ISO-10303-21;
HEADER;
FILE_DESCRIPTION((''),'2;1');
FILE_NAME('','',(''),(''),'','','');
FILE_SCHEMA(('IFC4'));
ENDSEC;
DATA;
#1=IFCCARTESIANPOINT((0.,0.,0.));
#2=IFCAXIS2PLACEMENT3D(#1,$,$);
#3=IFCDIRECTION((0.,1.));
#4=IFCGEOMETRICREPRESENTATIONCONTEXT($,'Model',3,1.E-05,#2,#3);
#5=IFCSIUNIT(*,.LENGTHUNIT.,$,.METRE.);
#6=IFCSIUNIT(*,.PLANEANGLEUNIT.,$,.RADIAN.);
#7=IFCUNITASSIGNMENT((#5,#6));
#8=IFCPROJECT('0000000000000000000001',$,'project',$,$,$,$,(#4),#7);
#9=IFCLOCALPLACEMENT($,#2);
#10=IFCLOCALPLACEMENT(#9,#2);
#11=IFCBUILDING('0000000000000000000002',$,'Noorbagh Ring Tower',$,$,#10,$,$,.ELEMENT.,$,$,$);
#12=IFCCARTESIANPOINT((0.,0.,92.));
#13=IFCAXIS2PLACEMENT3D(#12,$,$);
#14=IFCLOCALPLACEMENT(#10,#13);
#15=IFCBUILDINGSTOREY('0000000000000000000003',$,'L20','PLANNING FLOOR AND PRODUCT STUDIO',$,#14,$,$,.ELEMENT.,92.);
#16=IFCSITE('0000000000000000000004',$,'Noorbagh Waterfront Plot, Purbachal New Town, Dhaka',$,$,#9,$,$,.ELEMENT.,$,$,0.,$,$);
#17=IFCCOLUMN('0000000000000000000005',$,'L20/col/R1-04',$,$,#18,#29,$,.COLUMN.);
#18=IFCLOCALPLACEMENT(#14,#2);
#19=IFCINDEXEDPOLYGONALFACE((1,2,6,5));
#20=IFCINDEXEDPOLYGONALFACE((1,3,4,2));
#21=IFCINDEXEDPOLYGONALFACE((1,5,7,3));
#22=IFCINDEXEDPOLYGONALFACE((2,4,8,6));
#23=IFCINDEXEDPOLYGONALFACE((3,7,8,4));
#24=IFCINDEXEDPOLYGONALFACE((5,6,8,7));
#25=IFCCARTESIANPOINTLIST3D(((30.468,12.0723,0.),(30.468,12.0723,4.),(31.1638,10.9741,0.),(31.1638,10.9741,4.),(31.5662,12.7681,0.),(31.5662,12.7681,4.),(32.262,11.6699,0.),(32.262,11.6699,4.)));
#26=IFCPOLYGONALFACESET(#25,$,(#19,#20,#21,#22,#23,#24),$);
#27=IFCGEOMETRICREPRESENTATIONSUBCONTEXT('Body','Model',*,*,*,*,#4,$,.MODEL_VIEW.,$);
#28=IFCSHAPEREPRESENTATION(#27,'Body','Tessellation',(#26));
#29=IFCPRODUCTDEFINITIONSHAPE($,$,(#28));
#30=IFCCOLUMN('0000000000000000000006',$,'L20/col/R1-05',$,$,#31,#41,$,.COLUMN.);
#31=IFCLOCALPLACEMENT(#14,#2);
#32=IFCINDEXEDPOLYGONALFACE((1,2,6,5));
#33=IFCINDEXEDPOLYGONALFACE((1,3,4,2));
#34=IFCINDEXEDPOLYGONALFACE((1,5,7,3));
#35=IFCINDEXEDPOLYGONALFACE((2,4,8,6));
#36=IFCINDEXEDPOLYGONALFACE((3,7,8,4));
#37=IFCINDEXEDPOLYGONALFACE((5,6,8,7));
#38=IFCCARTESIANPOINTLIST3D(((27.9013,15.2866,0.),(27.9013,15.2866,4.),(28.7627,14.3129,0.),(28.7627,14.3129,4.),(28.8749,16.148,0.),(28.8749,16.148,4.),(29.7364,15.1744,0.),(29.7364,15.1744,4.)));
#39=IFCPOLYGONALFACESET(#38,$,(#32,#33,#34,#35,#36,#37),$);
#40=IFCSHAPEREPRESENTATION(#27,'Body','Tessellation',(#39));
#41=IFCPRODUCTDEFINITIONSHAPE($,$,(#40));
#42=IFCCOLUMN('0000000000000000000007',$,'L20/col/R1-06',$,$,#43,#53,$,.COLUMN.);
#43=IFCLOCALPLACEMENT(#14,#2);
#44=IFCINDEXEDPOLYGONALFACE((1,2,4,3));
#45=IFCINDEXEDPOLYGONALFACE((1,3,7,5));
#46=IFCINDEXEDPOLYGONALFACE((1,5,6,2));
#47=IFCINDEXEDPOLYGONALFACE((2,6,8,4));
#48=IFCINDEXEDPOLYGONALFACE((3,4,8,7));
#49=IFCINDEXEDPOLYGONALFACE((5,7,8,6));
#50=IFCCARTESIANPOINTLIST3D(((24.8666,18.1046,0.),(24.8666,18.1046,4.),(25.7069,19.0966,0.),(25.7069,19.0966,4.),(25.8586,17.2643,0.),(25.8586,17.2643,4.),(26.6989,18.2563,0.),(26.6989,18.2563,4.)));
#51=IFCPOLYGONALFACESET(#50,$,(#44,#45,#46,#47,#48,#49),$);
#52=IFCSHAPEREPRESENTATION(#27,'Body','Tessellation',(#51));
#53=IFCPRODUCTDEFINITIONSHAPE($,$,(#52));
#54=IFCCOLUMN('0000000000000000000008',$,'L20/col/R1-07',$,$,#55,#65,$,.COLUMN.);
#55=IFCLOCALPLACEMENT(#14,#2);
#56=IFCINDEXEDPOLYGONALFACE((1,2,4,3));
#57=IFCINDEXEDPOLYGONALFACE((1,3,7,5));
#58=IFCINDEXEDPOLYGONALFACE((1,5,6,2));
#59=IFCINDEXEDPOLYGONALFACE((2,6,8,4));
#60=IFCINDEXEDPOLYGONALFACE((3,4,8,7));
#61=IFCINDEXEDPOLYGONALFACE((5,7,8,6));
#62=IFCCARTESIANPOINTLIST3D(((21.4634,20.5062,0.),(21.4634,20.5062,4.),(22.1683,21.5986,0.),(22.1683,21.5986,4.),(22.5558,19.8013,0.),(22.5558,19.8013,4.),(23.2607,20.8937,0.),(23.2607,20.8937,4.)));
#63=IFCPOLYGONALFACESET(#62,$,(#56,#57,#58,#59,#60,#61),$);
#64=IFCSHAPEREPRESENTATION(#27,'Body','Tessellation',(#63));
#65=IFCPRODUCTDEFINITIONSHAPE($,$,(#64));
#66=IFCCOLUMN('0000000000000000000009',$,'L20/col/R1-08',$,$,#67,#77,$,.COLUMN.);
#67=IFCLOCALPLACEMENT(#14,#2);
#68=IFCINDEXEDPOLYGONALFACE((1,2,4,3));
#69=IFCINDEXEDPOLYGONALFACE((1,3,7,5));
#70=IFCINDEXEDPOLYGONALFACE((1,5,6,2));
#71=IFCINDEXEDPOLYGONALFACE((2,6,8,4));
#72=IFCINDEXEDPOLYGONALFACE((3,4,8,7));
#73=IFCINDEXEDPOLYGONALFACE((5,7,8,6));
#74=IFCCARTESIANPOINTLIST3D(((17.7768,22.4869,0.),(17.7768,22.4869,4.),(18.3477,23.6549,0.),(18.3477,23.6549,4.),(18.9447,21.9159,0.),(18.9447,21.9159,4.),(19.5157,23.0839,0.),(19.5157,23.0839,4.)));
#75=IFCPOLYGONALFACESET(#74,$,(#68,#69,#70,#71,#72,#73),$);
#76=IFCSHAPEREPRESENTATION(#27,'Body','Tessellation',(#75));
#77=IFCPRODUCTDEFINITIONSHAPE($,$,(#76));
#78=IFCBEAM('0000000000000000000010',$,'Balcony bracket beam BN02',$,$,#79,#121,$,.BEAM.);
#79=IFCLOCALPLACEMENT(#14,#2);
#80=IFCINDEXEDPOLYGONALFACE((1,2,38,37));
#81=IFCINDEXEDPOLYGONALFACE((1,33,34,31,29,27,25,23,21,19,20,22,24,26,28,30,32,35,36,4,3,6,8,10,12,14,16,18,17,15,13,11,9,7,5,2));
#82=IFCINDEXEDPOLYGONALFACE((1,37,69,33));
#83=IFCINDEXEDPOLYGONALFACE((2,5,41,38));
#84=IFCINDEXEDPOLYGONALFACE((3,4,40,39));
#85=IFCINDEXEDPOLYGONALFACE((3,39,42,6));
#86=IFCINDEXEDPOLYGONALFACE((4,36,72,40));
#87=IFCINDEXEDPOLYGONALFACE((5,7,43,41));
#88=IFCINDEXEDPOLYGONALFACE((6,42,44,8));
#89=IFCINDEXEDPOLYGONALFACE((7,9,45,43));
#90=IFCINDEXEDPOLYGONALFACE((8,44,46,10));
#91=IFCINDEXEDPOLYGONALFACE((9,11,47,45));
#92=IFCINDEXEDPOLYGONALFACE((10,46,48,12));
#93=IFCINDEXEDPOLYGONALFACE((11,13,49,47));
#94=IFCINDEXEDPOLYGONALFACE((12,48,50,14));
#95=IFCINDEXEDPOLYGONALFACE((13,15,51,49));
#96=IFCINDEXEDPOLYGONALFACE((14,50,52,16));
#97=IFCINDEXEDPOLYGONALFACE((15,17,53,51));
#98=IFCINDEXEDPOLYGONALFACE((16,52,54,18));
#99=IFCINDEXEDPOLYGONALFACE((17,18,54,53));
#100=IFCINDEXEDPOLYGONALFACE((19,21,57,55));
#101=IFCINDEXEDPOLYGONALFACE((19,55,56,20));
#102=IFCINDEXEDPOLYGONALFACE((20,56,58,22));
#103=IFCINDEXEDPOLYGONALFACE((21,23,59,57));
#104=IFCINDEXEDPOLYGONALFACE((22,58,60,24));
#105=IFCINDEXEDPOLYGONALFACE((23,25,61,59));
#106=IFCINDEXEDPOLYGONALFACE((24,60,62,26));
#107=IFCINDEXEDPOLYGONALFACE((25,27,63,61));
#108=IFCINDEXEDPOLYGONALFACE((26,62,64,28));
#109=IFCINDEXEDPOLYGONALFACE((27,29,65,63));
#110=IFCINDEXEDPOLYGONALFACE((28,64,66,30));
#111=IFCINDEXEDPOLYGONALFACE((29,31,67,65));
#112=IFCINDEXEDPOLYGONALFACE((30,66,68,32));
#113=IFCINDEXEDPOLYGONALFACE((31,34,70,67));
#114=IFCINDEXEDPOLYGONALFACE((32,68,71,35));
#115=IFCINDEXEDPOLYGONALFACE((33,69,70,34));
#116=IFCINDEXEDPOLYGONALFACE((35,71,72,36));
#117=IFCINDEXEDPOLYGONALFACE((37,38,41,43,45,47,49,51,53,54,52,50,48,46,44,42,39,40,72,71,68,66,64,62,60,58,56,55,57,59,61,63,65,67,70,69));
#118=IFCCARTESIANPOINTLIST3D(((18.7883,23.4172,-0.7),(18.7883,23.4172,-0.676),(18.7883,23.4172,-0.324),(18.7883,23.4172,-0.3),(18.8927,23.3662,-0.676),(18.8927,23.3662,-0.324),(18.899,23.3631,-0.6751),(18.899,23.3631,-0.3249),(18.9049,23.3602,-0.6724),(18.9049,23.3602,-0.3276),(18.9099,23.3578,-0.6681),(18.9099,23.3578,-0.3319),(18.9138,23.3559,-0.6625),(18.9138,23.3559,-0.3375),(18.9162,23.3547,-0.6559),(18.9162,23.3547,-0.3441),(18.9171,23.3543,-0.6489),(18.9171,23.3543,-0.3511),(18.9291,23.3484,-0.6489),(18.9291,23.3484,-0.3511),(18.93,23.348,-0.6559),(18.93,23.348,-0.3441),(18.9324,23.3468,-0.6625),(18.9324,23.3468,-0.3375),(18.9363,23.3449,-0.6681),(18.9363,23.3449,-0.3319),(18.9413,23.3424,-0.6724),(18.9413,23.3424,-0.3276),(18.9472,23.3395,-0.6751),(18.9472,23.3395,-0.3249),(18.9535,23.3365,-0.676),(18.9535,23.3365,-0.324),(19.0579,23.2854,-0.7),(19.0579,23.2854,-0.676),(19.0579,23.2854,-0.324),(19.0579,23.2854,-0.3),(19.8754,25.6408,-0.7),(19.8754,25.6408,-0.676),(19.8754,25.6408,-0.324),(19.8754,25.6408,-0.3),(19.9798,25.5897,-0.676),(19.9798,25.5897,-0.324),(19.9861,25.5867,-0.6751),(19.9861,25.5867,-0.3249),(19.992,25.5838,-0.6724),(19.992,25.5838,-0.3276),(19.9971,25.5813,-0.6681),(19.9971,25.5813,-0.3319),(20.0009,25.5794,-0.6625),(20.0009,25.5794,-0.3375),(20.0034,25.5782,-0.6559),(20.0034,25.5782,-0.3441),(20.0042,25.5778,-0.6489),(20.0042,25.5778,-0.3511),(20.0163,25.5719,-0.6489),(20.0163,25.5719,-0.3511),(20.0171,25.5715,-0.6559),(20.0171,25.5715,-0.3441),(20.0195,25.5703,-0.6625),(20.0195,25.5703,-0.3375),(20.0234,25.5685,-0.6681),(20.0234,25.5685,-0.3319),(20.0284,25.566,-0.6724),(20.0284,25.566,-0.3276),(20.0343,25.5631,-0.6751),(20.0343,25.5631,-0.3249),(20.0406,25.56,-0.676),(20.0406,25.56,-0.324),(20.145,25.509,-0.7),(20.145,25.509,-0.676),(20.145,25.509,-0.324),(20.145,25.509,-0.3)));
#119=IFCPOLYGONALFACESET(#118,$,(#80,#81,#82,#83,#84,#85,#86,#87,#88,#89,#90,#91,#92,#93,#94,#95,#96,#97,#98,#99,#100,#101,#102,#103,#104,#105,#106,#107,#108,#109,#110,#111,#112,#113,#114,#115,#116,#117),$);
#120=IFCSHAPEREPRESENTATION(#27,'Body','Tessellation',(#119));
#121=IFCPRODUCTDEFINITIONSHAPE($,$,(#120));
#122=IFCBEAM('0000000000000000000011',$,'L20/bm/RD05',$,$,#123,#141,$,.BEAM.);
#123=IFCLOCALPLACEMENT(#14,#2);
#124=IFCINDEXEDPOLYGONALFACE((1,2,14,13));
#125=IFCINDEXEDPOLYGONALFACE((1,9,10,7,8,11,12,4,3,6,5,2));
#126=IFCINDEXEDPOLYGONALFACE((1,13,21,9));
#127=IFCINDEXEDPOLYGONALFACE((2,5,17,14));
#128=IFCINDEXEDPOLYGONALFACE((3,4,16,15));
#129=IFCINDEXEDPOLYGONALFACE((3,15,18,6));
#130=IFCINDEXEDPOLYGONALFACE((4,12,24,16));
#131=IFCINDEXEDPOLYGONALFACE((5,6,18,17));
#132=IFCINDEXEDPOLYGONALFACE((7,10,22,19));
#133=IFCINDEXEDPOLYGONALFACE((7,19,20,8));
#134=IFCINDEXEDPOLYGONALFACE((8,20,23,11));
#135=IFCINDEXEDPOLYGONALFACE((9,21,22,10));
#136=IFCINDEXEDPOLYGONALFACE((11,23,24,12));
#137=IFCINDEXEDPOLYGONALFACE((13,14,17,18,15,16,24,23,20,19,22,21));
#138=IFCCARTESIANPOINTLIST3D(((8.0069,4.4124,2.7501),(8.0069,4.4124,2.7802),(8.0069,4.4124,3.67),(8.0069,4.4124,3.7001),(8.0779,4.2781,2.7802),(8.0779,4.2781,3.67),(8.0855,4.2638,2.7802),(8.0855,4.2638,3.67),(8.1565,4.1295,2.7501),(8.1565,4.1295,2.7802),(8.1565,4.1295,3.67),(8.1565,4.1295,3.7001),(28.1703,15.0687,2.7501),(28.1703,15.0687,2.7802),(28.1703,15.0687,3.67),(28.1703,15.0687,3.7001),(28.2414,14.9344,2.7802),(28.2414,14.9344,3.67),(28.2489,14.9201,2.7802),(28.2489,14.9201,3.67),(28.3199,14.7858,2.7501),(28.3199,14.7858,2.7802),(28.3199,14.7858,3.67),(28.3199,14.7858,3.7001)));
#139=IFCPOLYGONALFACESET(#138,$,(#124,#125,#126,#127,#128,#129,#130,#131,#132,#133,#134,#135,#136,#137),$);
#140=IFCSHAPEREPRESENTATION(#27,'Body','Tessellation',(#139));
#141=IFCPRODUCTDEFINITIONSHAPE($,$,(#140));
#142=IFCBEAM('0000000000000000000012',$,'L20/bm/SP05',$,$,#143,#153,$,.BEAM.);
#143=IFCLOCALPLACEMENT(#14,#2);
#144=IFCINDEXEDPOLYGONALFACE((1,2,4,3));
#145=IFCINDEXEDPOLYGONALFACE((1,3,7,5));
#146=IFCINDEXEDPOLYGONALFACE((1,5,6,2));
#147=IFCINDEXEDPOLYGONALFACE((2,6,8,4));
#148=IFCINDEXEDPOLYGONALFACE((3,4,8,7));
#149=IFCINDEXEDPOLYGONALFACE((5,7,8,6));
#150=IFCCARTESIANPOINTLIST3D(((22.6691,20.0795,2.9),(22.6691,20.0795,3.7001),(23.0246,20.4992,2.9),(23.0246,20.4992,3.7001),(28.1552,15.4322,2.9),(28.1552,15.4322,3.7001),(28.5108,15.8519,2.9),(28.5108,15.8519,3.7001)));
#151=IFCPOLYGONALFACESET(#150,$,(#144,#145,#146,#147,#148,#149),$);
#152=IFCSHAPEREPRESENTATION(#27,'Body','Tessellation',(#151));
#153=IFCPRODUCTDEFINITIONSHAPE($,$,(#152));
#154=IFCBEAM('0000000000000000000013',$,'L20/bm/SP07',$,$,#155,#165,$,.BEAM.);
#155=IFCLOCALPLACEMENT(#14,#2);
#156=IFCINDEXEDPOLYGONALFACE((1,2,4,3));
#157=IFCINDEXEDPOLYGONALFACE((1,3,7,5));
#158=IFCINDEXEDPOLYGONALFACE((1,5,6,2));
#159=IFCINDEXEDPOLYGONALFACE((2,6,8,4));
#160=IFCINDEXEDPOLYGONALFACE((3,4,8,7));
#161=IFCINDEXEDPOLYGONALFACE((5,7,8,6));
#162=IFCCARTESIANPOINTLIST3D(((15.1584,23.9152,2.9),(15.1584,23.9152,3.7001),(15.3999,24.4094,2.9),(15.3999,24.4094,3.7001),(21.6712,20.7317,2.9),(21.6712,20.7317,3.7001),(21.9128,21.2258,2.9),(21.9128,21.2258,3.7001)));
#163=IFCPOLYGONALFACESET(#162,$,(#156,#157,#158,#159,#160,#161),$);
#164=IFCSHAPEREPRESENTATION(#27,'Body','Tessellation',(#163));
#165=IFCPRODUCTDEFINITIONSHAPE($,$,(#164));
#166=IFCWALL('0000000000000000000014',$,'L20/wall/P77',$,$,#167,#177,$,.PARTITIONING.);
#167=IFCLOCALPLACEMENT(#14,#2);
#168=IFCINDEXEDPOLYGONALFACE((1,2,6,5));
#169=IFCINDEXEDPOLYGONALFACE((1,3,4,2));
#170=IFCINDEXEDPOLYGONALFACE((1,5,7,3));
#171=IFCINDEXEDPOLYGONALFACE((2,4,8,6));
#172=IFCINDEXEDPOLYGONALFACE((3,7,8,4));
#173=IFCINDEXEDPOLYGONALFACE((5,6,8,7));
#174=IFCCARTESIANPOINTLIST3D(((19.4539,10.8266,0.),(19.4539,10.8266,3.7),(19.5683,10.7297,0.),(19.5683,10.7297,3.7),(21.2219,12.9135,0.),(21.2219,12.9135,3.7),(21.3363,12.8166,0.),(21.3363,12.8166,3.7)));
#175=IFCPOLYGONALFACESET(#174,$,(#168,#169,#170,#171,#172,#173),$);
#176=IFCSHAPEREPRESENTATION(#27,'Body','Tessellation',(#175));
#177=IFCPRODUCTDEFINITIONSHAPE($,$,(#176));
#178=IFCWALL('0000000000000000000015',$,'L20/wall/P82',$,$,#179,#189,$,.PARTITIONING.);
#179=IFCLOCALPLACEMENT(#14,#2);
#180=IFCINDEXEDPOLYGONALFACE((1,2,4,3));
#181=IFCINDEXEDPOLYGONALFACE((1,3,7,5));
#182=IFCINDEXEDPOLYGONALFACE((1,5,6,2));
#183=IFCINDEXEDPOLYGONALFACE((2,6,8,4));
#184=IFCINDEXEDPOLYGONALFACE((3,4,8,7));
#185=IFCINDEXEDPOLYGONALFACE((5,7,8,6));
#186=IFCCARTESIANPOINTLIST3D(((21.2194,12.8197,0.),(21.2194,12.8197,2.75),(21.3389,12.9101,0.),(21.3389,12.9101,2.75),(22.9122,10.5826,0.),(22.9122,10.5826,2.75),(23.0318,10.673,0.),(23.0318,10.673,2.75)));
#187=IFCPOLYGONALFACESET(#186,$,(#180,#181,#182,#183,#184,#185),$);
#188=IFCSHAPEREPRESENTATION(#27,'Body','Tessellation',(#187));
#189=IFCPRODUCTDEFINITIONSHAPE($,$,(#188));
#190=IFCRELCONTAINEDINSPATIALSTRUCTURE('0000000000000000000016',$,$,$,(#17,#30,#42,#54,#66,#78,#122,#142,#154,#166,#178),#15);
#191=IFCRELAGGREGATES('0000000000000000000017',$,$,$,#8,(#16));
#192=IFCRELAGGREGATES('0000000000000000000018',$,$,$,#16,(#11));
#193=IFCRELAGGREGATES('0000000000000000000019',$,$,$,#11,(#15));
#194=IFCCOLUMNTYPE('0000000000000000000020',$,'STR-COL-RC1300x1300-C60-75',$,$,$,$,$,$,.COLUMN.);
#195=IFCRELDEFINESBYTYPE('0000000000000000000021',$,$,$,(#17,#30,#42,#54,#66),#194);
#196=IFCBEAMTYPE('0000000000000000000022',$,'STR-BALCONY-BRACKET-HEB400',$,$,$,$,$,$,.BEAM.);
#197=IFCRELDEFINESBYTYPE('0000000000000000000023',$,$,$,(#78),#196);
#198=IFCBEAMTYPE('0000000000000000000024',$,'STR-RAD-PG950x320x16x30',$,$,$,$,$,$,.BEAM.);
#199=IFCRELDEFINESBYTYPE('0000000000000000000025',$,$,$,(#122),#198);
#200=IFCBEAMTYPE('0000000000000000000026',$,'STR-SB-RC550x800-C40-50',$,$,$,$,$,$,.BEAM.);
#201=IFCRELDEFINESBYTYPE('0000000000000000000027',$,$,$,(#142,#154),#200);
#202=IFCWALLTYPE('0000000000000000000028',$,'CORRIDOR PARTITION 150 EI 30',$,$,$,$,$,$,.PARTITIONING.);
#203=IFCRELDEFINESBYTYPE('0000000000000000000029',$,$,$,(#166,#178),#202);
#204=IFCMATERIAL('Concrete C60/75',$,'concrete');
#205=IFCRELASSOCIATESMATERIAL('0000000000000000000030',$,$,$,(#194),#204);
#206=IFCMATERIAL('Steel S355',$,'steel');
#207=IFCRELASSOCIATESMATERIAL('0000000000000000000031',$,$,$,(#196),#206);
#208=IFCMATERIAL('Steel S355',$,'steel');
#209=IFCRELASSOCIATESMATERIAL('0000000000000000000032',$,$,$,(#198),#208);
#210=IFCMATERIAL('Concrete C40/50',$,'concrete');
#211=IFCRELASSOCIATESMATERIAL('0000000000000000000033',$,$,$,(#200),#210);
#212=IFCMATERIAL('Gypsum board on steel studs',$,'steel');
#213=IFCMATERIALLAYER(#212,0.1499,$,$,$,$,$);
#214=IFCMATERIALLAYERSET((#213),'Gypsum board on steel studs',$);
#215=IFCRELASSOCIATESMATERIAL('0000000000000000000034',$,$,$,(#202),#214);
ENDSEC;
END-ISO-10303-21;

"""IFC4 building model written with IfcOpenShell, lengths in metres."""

from ifc_helpers import new_model, si_unit, direction, frame, frame_2d, origin, origin_2d, place, context, subcontext, project, spatial, rectangle, i_section, extrude, material, layer, layer_set, material_profile, profile_set, type_object, element, save


model = new_model("IFC4")

# Units and contexts
model_context = context("Model", 3, precision=1e-05, world=origin(), true_north=direction((0.0, 1.0)))
body_context = subcontext(model_context, "Body", "Model", "MODEL_VIEW")
ifc_project = project(units=[si_unit("LENGTHUNIT", "METRE"), si_unit("PLANEANGLEUNIT", "RADIAN")], contexts=[model_context])

# Site, building, storey
site_placement = place(None, origin())
site = spatial("IfcSite", under=ifc_project, at=site_placement, Name="Noorbagh Waterfront Plot, Purbachal New Town, Dhaka", CompositionType="ELEMENT", RefElevation=0.0)
building_placement = place(site_placement, origin())
building = spatial("IfcBuilding", under=site, at=building_placement, Name="Noorbagh Ring Tower", CompositionType="ELEMENT")
storey_placement = place(building_placement, frame((0.0, 0.0, 92.0)))
storey = spatial("IfcBuildingStorey", under=building, at=storey_placement, Name="L20", Description="PLANNING FLOOR AND PRODUCT STUDIO", CompositionType="ELEMENT", Elevation=92.0)

# Columns
ifc_material_1 = material(Name="Concrete C60/75", Category="concrete")
ifc_material_profile_1 = material_profile(ifc_material_1, rectangle(XDim=1.3, YDim=1.3, at=origin_2d()), Name="RC1300x1300")
ifc_profile_set_1 = profile_set([ifc_material_profile_1], Name="Concrete C60/75")
column_type = type_object("IfcColumnType", Name="STR-COL-RC1300x1300-C60-75", PredefinedType="COLUMN", material=ifc_profile_set_1)
for number, where, z_axis, x_axis, name in (
    (1, (31.365, 11.8711, 0.0), (0.0, 0.0, 1.0), (-0.53519, 0.844731, 0.0), "L20/col/R1-04"),
    (2, (28.8188, 15.2305, 0.0), (0.0, 0.0, 1.0), (-0.662636, 0.748942, 0.0), "L20/col/R1-05"),
    (3, (25.7827, 18.1804, 0.0), (0.0, 0.0, 1.0), (-0.763035, 0.646357, 0.0), "L20/col/R1-06"),
    (4, (22.3621, 20.7, 0.0), (0.0, 0.0, 1.0), (-0.840248, 0.542203, 0.0), "L20/col/R1-07"),
    (5, (18.6462, 22.7854, 0.0), (0.0, 0.0, 1.0), (-0.898399, 0.43918, 0.0), "L20/col/R1-08"),
):
    element("IfcColumn", number, at=place(storey_placement, frame(where, z_axis=z_axis, x_axis=x_axis)), inside=storey, type_object=column_type, Name=name, PredefinedType="COLUMN", context=body_context, shape_type="SweptSolid", body=[
        extrude(rectangle(XDim=1.3, YDim=1.3, at=origin_2d()), origin(), (0.0, 0.0, 1.0), 4.0),
    ])

# Beams
ifc_material_2 = material(Name="Steel S355", Category="steel")
ifc_material_profile_2 = material_profile(ifc_material_2, i_section(OverallWidth=0.3, OverallDepth=0.3999, WebThickness=0.0134, FlangeThickness=0.0239, FilletRadius=0.0271, at=origin_2d()), Name="HEB400")
ifc_profile_set_2 = profile_set([ifc_material_profile_2], Name="Steel S355")
beam_type_1 = type_object("IfcBeamType", Name="STR-BALCONY-BRACKET-HEB400", PredefinedType="BEAM", material=ifc_profile_set_2)
beam_1_placement = place(storey_placement, frame((18.9231, 23.3513, -0.5), z_axis=(0.439226, 0.898377, 0.0), x_axis=(-0.898377, 0.439226, 0.0)))
element("IfcBeam", 6, at=beam_1_placement, inside=storey, type_object=beam_type_1, Name="Balcony bracket beam BN02", PredefinedType="BEAM", context=body_context, shape_type="SweptSolid", body=[
    extrude(i_section(OverallWidth=0.3, OverallDepth=0.3999, WebThickness=0.0134, FlangeThickness=0.0239, FilletRadius=0.0271, at=origin_2d()), origin(), (0.0, 0.0, 1.0), 2.4751),
])
ifc_material_3 = material(Name="Steel S355", Category="steel")
ifc_material_profile_3 = material_profile(ifc_material_3, i_section(OverallWidth=0.3201, OverallDepth=0.95, WebThickness=0.0161, FlangeThickness=0.03, at=origin_2d()), Name="PG950x320x16x30")
ifc_profile_set_3 = profile_set([ifc_material_profile_3], Name="Steel S355")
beam_type_2 = type_object("IfcBeamType", Name="STR-RAD-PG950x320x16x30", PredefinedType="BEAM", material=ifc_profile_set_3)
beam_2_placement = place(storey_placement, frame((28.2451, 14.9272, 3.2251), z_axis=(-0.884122, -0.467256, 0.0), x_axis=(0.467256, -0.884122, 0.0)))
element("IfcBeam", 7, at=beam_2_placement, inside=storey, type_object=beam_type_2, Name="L20/bm/RD05", PredefinedType="BEAM", context=body_context, shape_type="SweptSolid", body=[
    extrude(i_section(OverallWidth=0.3201, OverallDepth=0.95, WebThickness=0.0161, FlangeThickness=0.03, at=origin_2d()), origin(), (0.0, 0.0, 1.0), 22.8062),
])
ifc_material_4 = material(Name="Concrete C40/50", Category="concrete")
ifc_material_profile_4 = material_profile(ifc_material_4, rectangle(XDim=0.55, YDim=0.8, at=origin_2d()), Name="RC550x800")
ifc_profile_set_4 = profile_set([ifc_material_profile_4], Name="Concrete C40/50")
beam_type_3 = type_object("IfcBeamType", Name="STR-SB-RC550x800-C40-50", PredefinedType="BEAM", material=ifc_profile_set_4)
beam_3_placement = place(storey_placement, frame((28.333, 15.6421, 3.3), z_axis=(-0.763033, 0.646359, 0.0), x_axis=(-0.646359, -0.763033, 0.0)))
element("IfcBeam", 8, at=beam_3_placement, inside=storey, type_object=beam_type_3, Name="L20/bm/SP05", PredefinedType="BEAM", context=body_context, shape_type="SweptSolid", body=[
    extrude(rectangle(XDim=0.55, YDim=0.8, at=origin_2d()), origin(), (0.0, 0.0, 1.0), 7.1899),
])
beam_4_placement = place(storey_placement, frame((21.792, 20.9788, 3.3), z_axis=(-0.898412, 0.439153, 0.0), x_axis=(-0.439153, -0.898412, 0.0)))
element("IfcBeam", 9, at=beam_4_placement, inside=storey, type_object=beam_type_3, Name="L20/bm/SP07", PredefinedType="BEAM", context=body_context, shape_type="SweptSolid", body=[
    extrude(rectangle(XDim=0.55, YDim=0.8, at=origin_2d()), origin(), (0.0, 0.0, 1.0), 7.2493),
])

# Walls
ifc_material_5 = material(Name="Gypsum board on steel studs", Category="steel")
ifc_layer_1 = layer(ifc_material_5, 0.1499)
ifc_layer_set_1 = layer_set([ifc_layer_1], Name="Gypsum board on steel studs")
wall_type_1 = type_object("IfcWallType", Name="CORRIDOR PARTITION 150 EI 30", PredefinedType="PARTITIONING", material=ifc_layer_set_1)
wall_1_placement = place(storey_placement, frame((19.511, 10.7781, 0.0), z_axis=(0.0, 0.0, 1.0), x_axis=(0.646414, 0.762987, 0.0)))
element("IfcWall", 10, at=wall_1_placement, inside=storey, type_object=wall_type_1, Name="L20/wall/P77", PredefinedType="PARTITIONING", context=body_context, shape_type="SweptSolid", body=[
    extrude(rectangle(XDim=2.7351, YDim=0.1499, at=frame_2d((1.3677, 0.0))), origin(), (0.0, 0.0, 1.0), 3.7),
])
wall_2_placement = place(storey_placement, frame((21.2791, 12.865, 0.0), z_axis=(0.0, 0.0, 1.0), x_axis=(0.603434, -0.797413, 0.0)))
element("IfcWall", 11, at=wall_2_placement, inside=storey, type_object=wall_type_1, Name="L20/wall/P82", PredefinedType="PARTITIONING", context=body_context, shape_type="SweptSolid", body=[
    extrude(rectangle(XDim=2.8054, YDim=0.1499, at=frame_2d((1.4028, 0.0))), origin(), (0.0, 0.0, 1.0), 2.75),
])

save(model, "model.ifc")
